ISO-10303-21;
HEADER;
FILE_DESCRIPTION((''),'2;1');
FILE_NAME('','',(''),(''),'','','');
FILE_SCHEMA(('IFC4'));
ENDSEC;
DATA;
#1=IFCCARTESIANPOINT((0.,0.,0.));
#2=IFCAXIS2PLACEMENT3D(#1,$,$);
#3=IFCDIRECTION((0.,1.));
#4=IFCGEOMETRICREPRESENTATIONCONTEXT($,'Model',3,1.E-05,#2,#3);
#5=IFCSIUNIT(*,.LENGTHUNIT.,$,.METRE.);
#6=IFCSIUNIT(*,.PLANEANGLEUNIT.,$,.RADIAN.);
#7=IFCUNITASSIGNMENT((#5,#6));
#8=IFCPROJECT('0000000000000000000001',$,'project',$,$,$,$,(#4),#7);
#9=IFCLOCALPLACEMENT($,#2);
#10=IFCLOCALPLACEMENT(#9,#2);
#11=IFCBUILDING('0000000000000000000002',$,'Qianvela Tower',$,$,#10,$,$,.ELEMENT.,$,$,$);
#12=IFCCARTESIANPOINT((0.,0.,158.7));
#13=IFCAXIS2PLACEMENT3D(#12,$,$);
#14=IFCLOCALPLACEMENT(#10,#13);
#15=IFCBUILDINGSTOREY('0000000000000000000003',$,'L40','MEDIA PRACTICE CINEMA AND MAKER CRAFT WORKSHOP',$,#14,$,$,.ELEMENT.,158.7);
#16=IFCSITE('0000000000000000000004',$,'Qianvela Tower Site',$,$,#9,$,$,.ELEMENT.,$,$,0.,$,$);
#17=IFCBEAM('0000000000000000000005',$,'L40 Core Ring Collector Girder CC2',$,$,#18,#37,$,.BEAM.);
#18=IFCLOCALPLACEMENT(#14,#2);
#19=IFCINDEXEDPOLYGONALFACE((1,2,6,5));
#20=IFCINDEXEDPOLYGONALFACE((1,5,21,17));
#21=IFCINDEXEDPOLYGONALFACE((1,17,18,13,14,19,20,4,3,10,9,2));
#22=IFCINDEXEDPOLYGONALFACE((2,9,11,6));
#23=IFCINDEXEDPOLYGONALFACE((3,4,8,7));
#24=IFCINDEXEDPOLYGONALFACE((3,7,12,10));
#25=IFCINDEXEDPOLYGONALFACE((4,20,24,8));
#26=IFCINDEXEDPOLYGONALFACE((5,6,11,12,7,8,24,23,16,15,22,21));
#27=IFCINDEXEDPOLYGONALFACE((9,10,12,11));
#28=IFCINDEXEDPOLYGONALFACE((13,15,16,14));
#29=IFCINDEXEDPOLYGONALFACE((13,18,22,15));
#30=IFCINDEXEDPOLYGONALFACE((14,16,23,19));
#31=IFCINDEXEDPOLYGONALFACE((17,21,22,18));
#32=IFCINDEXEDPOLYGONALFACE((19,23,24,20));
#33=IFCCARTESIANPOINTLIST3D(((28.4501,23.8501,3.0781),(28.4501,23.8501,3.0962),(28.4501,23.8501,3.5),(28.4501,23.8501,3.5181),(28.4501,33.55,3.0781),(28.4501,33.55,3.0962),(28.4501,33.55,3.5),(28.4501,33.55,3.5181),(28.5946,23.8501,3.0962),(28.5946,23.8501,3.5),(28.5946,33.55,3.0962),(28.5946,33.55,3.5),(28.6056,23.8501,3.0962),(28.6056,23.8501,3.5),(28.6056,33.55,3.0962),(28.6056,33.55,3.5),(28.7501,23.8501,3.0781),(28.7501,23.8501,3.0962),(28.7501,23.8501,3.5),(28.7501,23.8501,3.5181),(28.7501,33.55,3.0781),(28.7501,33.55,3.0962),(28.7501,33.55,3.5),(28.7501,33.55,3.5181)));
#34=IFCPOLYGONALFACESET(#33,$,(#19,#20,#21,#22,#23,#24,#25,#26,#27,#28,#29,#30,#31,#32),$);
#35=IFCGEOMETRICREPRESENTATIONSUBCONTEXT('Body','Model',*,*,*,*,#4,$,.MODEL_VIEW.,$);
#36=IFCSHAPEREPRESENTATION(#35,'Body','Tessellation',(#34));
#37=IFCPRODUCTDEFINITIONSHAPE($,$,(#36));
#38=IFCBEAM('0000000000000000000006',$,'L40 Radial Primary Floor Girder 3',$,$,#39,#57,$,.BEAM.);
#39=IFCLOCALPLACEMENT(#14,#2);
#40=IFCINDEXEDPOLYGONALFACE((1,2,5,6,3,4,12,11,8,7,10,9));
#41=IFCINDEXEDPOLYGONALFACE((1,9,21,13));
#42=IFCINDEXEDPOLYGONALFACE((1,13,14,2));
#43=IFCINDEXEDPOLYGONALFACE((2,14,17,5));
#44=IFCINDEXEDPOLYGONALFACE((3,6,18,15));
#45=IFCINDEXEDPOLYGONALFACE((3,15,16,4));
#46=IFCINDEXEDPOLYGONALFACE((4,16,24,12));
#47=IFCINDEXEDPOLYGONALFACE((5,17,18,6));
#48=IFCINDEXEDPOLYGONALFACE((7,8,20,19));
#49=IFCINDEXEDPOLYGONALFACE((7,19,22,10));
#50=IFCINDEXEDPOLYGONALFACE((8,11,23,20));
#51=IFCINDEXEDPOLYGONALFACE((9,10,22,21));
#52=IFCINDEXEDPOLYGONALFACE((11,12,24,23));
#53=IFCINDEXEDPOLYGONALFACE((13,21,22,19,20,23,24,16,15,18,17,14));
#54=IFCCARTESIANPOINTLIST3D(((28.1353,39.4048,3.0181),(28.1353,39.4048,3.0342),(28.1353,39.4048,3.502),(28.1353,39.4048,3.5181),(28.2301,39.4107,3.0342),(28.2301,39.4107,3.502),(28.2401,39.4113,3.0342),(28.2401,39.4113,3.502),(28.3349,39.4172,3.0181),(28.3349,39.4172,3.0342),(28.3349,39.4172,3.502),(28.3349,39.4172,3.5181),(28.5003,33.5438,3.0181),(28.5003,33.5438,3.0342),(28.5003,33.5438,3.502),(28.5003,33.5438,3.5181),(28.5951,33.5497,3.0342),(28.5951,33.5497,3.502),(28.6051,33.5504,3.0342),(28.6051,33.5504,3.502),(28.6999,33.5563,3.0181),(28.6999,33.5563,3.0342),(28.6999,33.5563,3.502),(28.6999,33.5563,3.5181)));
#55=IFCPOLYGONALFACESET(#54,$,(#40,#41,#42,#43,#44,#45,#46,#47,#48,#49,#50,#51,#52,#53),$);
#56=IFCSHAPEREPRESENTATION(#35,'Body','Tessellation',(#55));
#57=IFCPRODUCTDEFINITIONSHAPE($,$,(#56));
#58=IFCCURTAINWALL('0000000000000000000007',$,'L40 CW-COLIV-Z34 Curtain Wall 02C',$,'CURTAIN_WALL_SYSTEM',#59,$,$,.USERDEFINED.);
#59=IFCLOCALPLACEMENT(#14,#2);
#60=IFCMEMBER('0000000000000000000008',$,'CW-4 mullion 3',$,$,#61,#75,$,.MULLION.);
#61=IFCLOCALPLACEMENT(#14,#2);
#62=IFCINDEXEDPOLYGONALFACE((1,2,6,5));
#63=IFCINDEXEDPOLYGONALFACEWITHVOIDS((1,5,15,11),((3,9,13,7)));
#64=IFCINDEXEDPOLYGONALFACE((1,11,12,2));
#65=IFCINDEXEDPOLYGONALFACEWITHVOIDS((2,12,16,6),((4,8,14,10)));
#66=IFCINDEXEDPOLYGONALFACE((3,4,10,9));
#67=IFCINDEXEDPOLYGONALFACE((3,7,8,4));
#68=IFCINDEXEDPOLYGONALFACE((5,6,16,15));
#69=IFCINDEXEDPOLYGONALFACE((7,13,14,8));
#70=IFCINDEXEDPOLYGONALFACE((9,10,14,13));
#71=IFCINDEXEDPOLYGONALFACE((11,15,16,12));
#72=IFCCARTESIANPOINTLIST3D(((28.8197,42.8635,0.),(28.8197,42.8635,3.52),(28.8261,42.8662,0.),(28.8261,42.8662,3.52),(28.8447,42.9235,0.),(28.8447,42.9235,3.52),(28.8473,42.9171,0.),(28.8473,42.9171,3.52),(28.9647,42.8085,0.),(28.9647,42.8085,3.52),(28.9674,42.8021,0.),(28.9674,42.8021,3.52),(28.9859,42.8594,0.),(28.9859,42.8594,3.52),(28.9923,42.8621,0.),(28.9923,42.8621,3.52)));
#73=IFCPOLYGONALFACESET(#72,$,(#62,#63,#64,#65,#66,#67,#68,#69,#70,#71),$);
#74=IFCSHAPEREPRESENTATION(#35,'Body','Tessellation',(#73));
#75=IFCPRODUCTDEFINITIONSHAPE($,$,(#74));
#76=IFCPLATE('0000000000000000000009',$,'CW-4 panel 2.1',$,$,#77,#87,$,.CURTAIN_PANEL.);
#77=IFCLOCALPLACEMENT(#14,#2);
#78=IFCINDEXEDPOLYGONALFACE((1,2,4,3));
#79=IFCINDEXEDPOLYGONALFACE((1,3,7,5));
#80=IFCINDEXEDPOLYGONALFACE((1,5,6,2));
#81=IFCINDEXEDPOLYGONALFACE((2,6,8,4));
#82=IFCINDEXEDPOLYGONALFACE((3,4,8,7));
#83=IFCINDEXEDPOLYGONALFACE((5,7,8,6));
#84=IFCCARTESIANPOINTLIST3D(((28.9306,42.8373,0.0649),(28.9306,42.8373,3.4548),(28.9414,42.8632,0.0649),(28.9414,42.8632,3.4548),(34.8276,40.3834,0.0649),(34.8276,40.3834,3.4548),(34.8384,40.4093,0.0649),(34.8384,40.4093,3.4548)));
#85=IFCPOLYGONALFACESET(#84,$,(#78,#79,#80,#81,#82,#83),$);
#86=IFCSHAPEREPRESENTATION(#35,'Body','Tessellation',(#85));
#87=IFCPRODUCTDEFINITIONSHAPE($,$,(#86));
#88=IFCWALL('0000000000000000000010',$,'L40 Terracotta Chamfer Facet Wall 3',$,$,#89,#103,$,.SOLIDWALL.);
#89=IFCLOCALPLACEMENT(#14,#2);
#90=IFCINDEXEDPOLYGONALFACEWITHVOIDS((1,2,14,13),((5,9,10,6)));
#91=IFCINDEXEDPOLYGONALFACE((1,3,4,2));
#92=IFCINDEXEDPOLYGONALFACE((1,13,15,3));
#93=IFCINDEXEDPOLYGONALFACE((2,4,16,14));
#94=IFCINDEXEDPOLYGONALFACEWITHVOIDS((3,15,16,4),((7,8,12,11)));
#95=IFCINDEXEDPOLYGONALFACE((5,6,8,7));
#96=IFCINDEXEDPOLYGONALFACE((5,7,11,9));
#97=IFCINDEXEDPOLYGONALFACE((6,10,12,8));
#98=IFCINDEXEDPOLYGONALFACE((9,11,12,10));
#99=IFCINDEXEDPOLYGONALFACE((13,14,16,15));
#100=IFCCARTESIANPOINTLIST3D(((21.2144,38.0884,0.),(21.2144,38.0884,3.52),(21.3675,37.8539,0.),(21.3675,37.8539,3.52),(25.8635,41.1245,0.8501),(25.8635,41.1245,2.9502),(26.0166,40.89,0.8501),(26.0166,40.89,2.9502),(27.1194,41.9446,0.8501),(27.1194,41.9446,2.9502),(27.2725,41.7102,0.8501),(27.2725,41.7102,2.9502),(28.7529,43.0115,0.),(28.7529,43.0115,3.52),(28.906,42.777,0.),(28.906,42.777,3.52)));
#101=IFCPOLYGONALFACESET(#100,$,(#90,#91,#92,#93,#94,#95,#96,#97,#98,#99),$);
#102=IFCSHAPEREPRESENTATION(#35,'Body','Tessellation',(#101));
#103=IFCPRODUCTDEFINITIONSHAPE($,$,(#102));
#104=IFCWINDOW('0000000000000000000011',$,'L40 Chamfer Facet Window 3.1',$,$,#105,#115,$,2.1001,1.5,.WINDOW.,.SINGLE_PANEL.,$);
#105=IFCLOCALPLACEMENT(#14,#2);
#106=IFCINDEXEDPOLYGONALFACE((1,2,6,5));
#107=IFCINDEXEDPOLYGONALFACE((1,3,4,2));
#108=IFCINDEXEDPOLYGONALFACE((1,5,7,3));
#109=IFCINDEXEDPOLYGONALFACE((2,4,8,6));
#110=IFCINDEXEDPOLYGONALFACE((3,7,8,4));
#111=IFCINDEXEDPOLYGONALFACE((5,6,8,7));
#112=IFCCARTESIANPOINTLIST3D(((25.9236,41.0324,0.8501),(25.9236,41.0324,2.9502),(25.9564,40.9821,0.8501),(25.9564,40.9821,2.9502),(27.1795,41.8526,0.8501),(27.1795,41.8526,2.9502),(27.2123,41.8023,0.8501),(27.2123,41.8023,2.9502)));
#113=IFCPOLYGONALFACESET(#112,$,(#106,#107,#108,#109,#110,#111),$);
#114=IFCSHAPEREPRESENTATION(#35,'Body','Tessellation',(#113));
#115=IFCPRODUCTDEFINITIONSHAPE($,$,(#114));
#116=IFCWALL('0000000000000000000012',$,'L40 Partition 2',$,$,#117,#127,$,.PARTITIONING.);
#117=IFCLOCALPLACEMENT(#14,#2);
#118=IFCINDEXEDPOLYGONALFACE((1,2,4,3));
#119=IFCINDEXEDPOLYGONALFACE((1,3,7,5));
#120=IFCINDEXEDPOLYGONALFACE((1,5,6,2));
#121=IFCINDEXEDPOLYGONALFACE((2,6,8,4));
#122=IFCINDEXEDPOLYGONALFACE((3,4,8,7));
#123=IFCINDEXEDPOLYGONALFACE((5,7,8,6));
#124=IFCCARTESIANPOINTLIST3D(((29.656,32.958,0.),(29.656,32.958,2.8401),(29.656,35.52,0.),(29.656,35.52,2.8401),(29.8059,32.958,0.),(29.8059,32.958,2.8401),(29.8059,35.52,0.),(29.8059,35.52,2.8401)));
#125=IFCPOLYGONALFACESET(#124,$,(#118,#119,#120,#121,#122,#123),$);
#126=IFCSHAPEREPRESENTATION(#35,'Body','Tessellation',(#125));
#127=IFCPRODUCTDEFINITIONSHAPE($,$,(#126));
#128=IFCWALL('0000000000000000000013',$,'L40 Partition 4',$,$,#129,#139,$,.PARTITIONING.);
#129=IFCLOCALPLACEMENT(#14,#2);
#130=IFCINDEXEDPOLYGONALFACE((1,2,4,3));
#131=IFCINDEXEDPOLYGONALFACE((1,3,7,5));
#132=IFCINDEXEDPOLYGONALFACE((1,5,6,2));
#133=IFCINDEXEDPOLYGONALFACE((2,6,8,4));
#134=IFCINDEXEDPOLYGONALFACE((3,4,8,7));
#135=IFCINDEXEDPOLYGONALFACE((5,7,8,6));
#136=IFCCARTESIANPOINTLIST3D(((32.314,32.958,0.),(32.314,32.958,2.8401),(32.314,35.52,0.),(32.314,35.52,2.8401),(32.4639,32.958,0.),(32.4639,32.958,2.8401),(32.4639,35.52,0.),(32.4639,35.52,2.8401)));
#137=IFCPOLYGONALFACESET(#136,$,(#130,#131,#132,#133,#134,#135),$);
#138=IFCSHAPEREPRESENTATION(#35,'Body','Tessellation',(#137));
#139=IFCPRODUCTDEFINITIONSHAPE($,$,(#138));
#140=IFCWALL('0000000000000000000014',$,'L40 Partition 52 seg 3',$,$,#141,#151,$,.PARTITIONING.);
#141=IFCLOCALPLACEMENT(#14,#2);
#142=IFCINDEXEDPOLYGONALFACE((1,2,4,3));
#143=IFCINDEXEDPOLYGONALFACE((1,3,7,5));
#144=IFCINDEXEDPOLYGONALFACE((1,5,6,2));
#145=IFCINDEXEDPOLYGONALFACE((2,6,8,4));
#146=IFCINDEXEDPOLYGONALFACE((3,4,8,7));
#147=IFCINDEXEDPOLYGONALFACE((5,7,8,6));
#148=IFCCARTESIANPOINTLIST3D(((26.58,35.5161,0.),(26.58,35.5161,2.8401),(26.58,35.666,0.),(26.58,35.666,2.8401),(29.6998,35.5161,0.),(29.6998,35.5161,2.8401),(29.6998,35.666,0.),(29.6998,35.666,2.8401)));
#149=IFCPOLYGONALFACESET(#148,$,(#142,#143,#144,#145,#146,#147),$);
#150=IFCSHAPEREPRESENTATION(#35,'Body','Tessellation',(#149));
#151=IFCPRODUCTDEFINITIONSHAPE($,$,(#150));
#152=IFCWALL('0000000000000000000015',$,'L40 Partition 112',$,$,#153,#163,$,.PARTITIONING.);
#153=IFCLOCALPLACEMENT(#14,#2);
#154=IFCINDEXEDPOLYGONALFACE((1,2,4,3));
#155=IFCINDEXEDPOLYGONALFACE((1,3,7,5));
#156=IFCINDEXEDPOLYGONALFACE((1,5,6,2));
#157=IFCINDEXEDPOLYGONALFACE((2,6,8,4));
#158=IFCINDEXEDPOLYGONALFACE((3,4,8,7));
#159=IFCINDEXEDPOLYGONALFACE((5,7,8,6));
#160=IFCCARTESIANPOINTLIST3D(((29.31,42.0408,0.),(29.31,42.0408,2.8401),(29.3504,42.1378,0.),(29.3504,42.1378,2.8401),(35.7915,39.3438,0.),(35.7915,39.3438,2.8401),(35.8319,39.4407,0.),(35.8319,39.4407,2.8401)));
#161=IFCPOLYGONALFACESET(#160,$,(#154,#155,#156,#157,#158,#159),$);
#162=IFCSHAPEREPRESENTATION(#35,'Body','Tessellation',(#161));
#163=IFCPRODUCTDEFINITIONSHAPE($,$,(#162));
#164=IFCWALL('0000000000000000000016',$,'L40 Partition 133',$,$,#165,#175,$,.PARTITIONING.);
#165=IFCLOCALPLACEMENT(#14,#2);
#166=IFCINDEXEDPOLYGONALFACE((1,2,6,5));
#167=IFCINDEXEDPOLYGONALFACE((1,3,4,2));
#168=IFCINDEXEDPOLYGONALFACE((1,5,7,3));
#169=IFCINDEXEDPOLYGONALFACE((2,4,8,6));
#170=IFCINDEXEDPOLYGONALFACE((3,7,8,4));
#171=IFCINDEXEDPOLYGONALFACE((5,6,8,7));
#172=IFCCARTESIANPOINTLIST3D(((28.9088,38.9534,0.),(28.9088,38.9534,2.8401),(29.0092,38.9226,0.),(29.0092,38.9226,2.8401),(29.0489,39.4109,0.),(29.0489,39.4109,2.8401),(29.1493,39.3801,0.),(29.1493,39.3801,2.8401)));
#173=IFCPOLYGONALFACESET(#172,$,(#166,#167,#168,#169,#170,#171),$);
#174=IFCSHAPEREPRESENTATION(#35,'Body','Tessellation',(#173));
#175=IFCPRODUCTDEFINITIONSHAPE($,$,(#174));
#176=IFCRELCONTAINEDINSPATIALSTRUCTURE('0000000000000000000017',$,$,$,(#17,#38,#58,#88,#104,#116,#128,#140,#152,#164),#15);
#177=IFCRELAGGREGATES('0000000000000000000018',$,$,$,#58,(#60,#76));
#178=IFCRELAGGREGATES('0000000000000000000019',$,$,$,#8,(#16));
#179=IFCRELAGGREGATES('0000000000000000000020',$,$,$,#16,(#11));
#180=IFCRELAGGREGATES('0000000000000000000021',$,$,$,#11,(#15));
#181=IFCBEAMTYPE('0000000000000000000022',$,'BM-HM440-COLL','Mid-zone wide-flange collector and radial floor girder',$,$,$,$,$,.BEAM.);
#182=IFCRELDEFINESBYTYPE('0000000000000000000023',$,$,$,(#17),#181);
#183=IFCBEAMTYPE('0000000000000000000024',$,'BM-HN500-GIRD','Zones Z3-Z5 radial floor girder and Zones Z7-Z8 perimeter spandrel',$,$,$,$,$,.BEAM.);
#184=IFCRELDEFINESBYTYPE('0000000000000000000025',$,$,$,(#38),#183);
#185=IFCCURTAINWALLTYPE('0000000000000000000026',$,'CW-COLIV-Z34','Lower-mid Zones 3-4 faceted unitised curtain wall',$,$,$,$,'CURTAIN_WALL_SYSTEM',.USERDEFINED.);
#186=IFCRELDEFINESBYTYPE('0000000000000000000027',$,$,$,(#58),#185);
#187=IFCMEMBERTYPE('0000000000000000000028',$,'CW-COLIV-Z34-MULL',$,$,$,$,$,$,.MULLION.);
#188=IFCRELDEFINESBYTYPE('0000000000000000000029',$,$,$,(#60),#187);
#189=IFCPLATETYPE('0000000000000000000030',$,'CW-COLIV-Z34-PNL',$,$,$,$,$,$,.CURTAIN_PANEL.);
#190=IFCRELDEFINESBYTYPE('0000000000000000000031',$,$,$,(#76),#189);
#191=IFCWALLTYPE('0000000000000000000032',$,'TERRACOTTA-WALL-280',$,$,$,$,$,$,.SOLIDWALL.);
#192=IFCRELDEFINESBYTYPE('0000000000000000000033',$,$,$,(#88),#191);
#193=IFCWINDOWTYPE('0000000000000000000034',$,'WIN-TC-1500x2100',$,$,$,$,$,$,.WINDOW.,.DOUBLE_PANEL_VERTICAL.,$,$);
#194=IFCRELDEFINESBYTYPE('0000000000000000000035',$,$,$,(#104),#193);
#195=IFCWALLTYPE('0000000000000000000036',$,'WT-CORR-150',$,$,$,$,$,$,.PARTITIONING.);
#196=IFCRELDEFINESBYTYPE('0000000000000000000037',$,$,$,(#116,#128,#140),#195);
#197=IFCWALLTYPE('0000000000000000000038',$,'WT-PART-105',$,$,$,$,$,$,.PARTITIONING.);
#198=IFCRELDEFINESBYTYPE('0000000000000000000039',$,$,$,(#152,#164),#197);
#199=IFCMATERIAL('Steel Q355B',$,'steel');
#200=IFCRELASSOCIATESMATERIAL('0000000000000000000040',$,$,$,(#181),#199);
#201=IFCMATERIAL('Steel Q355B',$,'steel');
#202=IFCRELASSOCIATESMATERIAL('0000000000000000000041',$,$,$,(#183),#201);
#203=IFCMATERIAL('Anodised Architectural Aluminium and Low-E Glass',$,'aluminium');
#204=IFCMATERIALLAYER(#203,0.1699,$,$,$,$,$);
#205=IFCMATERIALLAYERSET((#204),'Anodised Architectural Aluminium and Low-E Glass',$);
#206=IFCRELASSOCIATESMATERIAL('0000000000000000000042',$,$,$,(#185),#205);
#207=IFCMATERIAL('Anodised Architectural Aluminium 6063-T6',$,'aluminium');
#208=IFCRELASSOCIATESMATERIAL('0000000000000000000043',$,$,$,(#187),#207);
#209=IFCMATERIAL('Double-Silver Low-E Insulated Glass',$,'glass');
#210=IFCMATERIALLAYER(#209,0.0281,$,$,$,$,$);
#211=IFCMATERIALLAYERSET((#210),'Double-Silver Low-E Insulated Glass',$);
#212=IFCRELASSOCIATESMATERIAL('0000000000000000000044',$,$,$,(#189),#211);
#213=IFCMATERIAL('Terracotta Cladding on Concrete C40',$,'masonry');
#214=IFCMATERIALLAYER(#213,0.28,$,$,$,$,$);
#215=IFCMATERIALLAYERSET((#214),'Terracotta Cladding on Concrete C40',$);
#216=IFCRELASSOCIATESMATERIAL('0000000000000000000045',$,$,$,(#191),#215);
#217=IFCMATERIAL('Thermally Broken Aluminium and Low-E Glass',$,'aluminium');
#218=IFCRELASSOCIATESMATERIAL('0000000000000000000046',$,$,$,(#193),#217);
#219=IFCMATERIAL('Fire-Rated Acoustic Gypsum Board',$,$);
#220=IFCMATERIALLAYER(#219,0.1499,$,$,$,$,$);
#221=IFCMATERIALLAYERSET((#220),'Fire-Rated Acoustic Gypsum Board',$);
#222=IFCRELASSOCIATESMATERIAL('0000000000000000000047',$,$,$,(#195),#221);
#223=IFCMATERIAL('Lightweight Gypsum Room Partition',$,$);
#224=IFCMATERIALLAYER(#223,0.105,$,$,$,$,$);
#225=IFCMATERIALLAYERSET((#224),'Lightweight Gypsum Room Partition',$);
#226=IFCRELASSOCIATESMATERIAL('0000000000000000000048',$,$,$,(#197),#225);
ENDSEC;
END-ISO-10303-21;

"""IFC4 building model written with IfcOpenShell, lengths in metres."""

from ifc_helpers import new_model, si_unit, direction, frame, frame_2d, origin, origin_2d, place, context, subcontext, project, spatial, rectangle, hollow_rectangle, i_section, extrude, material, layer, layer_set, material_profile, profile_set, type_object, element, fill, aggregate, save


model = new_model("IFC4")

# Units and contexts
model_context = context("Model", 3, precision=1e-05, world=origin(), true_north=direction((0.0, 1.0)))
body_context = subcontext(model_context, "Body", "Model", "MODEL_VIEW")
ifc_project = project(units=[si_unit("LENGTHUNIT", "METRE"), si_unit("PLANEANGLEUNIT", "RADIAN")], contexts=[model_context])

# Site, building, storey
site_placement = place(None, origin())
site = spatial("IfcSite", under=ifc_project, at=site_placement, Name="Qianvela Tower Site", CompositionType="ELEMENT", RefElevation=0.0)
building_placement = place(site_placement, origin())
building = spatial("IfcBuilding", under=site, at=building_placement, Name="Qianvela Tower", CompositionType="ELEMENT")
storey_placement = place(building_placement, frame((0.0, 0.0, 158.7)))
storey = spatial("IfcBuildingStorey", under=building, at=storey_placement, Name="L40", Description="MEDIA PRACTICE CINEMA AND MAKER CRAFT WORKSHOP", CompositionType="ELEMENT", Elevation=158.7)

# Beams
ifc_material_1 = material(Name="Steel Q355B", Category="steel")
ifc_material_profile_1 = material_profile(ifc_material_1, i_section(OverallWidth=0.3, OverallDepth=0.4399, WebThickness=0.011, FlangeThickness=0.0181, at=origin_2d()), Name="HM440x300x11x18")
ifc_profile_set_1 = profile_set([ifc_material_profile_1], Name="Steel Q355B")
beam_type_1 = type_object("IfcBeamType", Name="BM-HM440-COLL", Description="Mid-zone wide-flange collector and radial floor girder", PredefinedType="BEAM", material=ifc_profile_set_1)
beam_1_placement = place(storey_placement, frame((28.6001, 33.55, 3.2981), z_axis=(0.0, -1.0, 0.0), x_axis=(1.0, 0.0, 0.0)))
element("IfcBeam", 1, at=beam_1_placement, inside=storey, type_object=beam_type_1, Name="L40 Core Ring Collector Girder CC2", PredefinedType="BEAM", context=body_context, shape_type="SweptSolid", body=[
    extrude(i_section(OverallWidth=0.3, OverallDepth=0.4399, WebThickness=0.011, FlangeThickness=0.0181, at=origin_2d()), origin(), (0.0, 0.0, 1.0), 9.7),
])
ifc_material_2 = material(Name="Steel Q355B", Category="steel")
ifc_material_profile_2 = material_profile(ifc_material_2, i_section(OverallWidth=0.2, OverallDepth=0.5, WebThickness=0.01, FlangeThickness=0.0161, at=origin_2d()), Name="HN500x200x10x16")
ifc_profile_set_2 = profile_set([ifc_material_profile_2], Name="Steel Q355B")
beam_type_2 = type_object("IfcBeamType", Name="BM-HN500-GIRD", Description="Zones Z3-Z5 radial floor girder and Zones Z7-Z8 perimeter spandrel", PredefinedType="BEAM", material=ifc_profile_set_2)
beam_2_placement = place(storey_placement, frame((28.6001, 33.55, 3.2681), z_axis=(-0.062156, 0.998066, 0.0), x_axis=(-0.998066, -0.062156, 0.0)))
element("IfcBeam", 2, at=beam_2_placement, inside=storey, type_object=beam_type_2, Name="L40 Radial Primary Floor Girder 3", PredefinedType="BEAM", context=body_context, shape_type="SweptSolid", body=[
    extrude(i_section(OverallWidth=0.2, OverallDepth=0.5, WebThickness=0.01, FlangeThickness=0.0161, at=origin_2d()), origin(), (0.0, 0.0, 1.0), 5.8723),
])

# Curtain wall, member, plate
ifc_material_3 = material(Name="Anodised Architectural Aluminium and Low-E Glass", Category="aluminium")
ifc_layer_1 = layer(ifc_material_3, 0.1699)
ifc_layer_set_1 = layer_set([ifc_layer_1], Name="Anodised Architectural Aluminium and Low-E Glass")
curtain_wall_type = type_object("IfcCurtainWallType", Name="CW-COLIV-Z34", Description="Lower-mid Zones 3-4 faceted unitised curtain wall", ElementType="CURTAIN_WALL_SYSTEM", PredefinedType="USERDEFINED", material=ifc_layer_set_1)
curtain_wall_placement = place(storey_placement, origin())
curtain_wall = element("IfcCurtainWall", 3, at=curtain_wall_placement, inside=storey, type_object=curtain_wall_type, Name="L40 CW-COLIV-Z34 Curtain Wall 02C", ObjectType="CURTAIN_WALL_SYSTEM", PredefinedType="USERDEFINED")
ifc_material_4 = material(Name="Anodised Architectural Aluminium 6063-T6", Category="aluminium")
ifc_material_profile_3 = material_profile(ifc_material_4, hollow_rectangle(XDim=0.0649, YDim=0.1599, WallThickness=0.0049, at=origin_2d()), Name="ALU-MULL-65x160")
ifc_profile_set_3 = profile_set([ifc_material_profile_3], Name="Anodised Architectural Aluminium 6063-T6")
member_type = type_object("IfcMemberType", Name="CW-COLIV-Z34-MULL", PredefinedType="MULLION", material=ifc_profile_set_3)
member_placement = place(storey_placement, frame((28.906, 42.8628, 0.0), z_axis=(0.0, 0.0, 1.0), x_axis=(-0.384182, -0.923257, 0.0)))
member = element("IfcMember", 4, at=member_placement, type_object=member_type, Name="CW-4 mullion 3", PredefinedType="MULLION", context=body_context, shape_type="SweptSolid", body=[
    extrude(hollow_rectangle(XDim=0.0649, YDim=0.1599, WallThickness=0.0049, at=origin_2d()), origin(), (0.0, 0.0, 1.0), 3.52),
])
ifc_material_5 = material(Name="Double-Silver Low-E Insulated Glass", Category="glass")
ifc_layer_2 = layer(ifc_material_5, 0.0281)
ifc_layer_set_2 = layer_set([ifc_layer_2], Name="Double-Silver Low-E Insulated Glass")
plate_type = type_object("IfcPlateType", Name="CW-COLIV-Z34-PNL", PredefinedType="CURTAIN_PANEL", material=ifc_layer_set_2)
plate_placement = place(storey_placement, frame((31.8845, 41.6233, 0.0649), z_axis=(0.0, 0.0, 1.0), x_axis=(-0.923257, 0.384182, 0.0)))
plate = element("IfcPlate", 5, at=plate_placement, type_object=plate_type, Name="CW-4 panel 2.1", PredefinedType="CURTAIN_PANEL", context=body_context, shape_type="SweptSolid", body=[
    extrude(rectangle(XDim=6.3872, YDim=0.0281, at=origin_2d()), origin(), (0.0, 0.0, 1.0), 3.3899),
])
aggregate(curtain_wall, [member, plate])

# Wall, opening, window
ifc_material_6 = material(Name="Terracotta Cladding on Concrete C40", Category="masonry")
ifc_layer_3 = layer(ifc_material_6, 0.28)
ifc_layer_set_3 = layer_set([ifc_layer_3], Name="Terracotta Cladding on Concrete C40")
wall_type_1 = type_object("IfcWallType", Name="TERRACOTTA-WALL-280", PredefinedType="SOLIDWALL", material=ifc_layer_set_3)
wall_1_placement = place(storey_placement, frame((28.8296, 42.8943, 0.0), z_axis=(0.0, 0.0, 1.0), x_axis=(-0.837273, -0.546785, 0.0)))
wall_1 = element("IfcWall", 6, at=wall_1_placement, inside=storey, type_object=wall_type_1, Name="L40 Terracotta Chamfer Facet Wall 3", PredefinedType="SOLIDWALL", context=body_context, shape_type="SweptSolid", body=[
    extrude(rectangle(XDim=9.0037, YDim=0.28, at=frame_2d((4.502, 0.0))), origin(), (0.0, 0.0, 1.0), 3.52),
])
opening_1_placement = place(wall_1_placement, frame((1.9512, 0.0, 0.8501)))
opening_1 = element("IfcOpeningElement", 7, at=opening_1_placement, cuts=wall_1, PredefinedType="OPENING", context=body_context, shape_type="SweptSolid", body=[
    extrude(rectangle(XDim=1.5, YDim=2.1001, at=frame_2d((0.75, 1.05))), frame((0.0, 0.1499, 0.0), z_axis=(0.0, -1.0, 0.0), x_axis=(1.0, 0.0, 0.0)), (0.0, 0.0, 1.0), 0.3),
])
ifc_material_7 = material(Name="Thermally Broken Aluminium and Low-E Glass", Category="aluminium")
window_type = type_object("IfcWindowType", Name="WIN-TC-1500x2100", PartitioningType="DOUBLE_PANEL_VERTICAL", PredefinedType="WINDOW", material=ifc_material_7)
window_placement = place(opening_1_placement, origin())
window = element("IfcWindow", 8, at=window_placement, inside=storey, type_object=window_type, Name="L40 Chamfer Facet Window 3.1", OverallHeight=2.1001, OverallWidth=1.5, PartitioningType="SINGLE_PANEL", PredefinedType="WINDOW", context=body_context, shape_type="SweptSolid", body=[
    extrude(rectangle(XDim=1.5, YDim=2.1001, at=frame_2d((0.75, 1.05))), frame((0.0, 0.03, 0.0), z_axis=(0.0, -1.0, 0.0), x_axis=(1.0, 0.0, 0.0)), (0.0, 0.0, 1.0), 0.0601),
])
fill(opening_1, window)

# Wall
ifc_material_8 = material(Name="Fire-Rated Acoustic Gypsum Board")
ifc_layer_4 = layer(ifc_material_8, 0.1499)
ifc_layer_set_4 = layer_set([ifc_layer_4], Name="Fire-Rated Acoustic Gypsum Board")
wall_type_2 = type_object("IfcWallType", Name="WT-CORR-150", PredefinedType="PARTITIONING", material=ifc_layer_set_4)
wall_2_placement = place(storey_placement, frame((29.731, 32.958, 0.0), z_axis=(0.0, 0.0, 1.0), x_axis=(0.0, 1.0, 0.0)))
element("IfcWall", 9, at=wall_2_placement, inside=storey, type_object=wall_type_2, Name="L40 Partition 2", PredefinedType="PARTITIONING", context=body_context, shape_type="SweptSolid", body=[
    extrude(rectangle(XDim=2.562, YDim=0.1499, at=frame_2d((1.281, 0.0))), origin(), (0.0, 0.0, 1.0), 2.8401),
])

# Walls
wall_3_placement = place(storey_placement, frame((32.3889, 35.52, 0.0), z_axis=(0.0, 0.0, 1.0), x_axis=(0.0, -1.0, 0.0)))
element("IfcWall", 10, at=wall_3_placement, inside=storey, type_object=wall_type_2, Name="L40 Partition 4", PredefinedType="PARTITIONING", context=body_context, shape_type="SweptSolid", body=[
    extrude(rectangle(XDim=2.562, YDim=0.1499, at=frame_2d((1.281, 0.0))), origin(), (0.0, 0.0, 1.0), 2.8401),
])
wall_4_placement = place(storey_placement, frame((29.7, 35.5911, 0.0), z_axis=(0.0, 0.0, 1.0), x_axis=(-1.0, 0.0, 0.0)))
element("IfcWall", 11, at=wall_4_placement, inside=storey, type_object=wall_type_2, Name="L40 Partition 52 seg 3", PredefinedType="PARTITIONING", context=body_context, shape_type="SweptSolid", body=[
    extrude(rectangle(XDim=3.1199, YDim=0.1499, at=frame_2d((1.5601, 0.0))), origin(), (0.0, 0.0, 1.0), 2.8401),
])
ifc_material_9 = material(Name="Lightweight Gypsum Room Partition")
ifc_layer_5 = layer(ifc_material_9, 0.105)
ifc_layer_set_5 = layer_set([ifc_layer_5], Name="Lightweight Gypsum Room Partition")
wall_type_3 = type_object("IfcWallType", Name="WT-PART-105", PredefinedType="PARTITIONING", material=ifc_layer_set_5)
wall_5_placement = place(storey_placement, frame((29.3301, 42.0894, 0.0), z_axis=(0.0, 0.0, 1.0), x_axis=(0.923258, -0.384181, 0.0)))
element("IfcWall", 12, at=wall_5_placement, inside=storey, type_object=wall_type_3, Name="L40 Partition 112", PredefinedType="PARTITIONING", context=body_context, shape_type="SweptSolid", body=[
    extrude(rectangle(XDim=7.0203, YDim=0.105, at=frame_2d((3.5103, 0.0))), origin(), (0.0, 0.0, 1.0), 2.8401),
])
wall_6_placement = place(storey_placement, frame((28.959, 38.938, 0.0), z_axis=(0.0, 0.0, 1.0), x_axis=(0.292867, 0.956153, 0.0)))
element("IfcWall", 13, at=wall_6_placement, inside=storey, type_object=wall_type_3, Name="L40 Partition 133", PredefinedType="PARTITIONING", context=body_context, shape_type="SweptSolid", body=[
    extrude(rectangle(XDim=0.4785, YDim=0.105, at=frame_2d((0.2393, 0.0))), origin(), (0.0, 0.0, 1.0), 2.8401),
])

save(model, "model.ifc")
